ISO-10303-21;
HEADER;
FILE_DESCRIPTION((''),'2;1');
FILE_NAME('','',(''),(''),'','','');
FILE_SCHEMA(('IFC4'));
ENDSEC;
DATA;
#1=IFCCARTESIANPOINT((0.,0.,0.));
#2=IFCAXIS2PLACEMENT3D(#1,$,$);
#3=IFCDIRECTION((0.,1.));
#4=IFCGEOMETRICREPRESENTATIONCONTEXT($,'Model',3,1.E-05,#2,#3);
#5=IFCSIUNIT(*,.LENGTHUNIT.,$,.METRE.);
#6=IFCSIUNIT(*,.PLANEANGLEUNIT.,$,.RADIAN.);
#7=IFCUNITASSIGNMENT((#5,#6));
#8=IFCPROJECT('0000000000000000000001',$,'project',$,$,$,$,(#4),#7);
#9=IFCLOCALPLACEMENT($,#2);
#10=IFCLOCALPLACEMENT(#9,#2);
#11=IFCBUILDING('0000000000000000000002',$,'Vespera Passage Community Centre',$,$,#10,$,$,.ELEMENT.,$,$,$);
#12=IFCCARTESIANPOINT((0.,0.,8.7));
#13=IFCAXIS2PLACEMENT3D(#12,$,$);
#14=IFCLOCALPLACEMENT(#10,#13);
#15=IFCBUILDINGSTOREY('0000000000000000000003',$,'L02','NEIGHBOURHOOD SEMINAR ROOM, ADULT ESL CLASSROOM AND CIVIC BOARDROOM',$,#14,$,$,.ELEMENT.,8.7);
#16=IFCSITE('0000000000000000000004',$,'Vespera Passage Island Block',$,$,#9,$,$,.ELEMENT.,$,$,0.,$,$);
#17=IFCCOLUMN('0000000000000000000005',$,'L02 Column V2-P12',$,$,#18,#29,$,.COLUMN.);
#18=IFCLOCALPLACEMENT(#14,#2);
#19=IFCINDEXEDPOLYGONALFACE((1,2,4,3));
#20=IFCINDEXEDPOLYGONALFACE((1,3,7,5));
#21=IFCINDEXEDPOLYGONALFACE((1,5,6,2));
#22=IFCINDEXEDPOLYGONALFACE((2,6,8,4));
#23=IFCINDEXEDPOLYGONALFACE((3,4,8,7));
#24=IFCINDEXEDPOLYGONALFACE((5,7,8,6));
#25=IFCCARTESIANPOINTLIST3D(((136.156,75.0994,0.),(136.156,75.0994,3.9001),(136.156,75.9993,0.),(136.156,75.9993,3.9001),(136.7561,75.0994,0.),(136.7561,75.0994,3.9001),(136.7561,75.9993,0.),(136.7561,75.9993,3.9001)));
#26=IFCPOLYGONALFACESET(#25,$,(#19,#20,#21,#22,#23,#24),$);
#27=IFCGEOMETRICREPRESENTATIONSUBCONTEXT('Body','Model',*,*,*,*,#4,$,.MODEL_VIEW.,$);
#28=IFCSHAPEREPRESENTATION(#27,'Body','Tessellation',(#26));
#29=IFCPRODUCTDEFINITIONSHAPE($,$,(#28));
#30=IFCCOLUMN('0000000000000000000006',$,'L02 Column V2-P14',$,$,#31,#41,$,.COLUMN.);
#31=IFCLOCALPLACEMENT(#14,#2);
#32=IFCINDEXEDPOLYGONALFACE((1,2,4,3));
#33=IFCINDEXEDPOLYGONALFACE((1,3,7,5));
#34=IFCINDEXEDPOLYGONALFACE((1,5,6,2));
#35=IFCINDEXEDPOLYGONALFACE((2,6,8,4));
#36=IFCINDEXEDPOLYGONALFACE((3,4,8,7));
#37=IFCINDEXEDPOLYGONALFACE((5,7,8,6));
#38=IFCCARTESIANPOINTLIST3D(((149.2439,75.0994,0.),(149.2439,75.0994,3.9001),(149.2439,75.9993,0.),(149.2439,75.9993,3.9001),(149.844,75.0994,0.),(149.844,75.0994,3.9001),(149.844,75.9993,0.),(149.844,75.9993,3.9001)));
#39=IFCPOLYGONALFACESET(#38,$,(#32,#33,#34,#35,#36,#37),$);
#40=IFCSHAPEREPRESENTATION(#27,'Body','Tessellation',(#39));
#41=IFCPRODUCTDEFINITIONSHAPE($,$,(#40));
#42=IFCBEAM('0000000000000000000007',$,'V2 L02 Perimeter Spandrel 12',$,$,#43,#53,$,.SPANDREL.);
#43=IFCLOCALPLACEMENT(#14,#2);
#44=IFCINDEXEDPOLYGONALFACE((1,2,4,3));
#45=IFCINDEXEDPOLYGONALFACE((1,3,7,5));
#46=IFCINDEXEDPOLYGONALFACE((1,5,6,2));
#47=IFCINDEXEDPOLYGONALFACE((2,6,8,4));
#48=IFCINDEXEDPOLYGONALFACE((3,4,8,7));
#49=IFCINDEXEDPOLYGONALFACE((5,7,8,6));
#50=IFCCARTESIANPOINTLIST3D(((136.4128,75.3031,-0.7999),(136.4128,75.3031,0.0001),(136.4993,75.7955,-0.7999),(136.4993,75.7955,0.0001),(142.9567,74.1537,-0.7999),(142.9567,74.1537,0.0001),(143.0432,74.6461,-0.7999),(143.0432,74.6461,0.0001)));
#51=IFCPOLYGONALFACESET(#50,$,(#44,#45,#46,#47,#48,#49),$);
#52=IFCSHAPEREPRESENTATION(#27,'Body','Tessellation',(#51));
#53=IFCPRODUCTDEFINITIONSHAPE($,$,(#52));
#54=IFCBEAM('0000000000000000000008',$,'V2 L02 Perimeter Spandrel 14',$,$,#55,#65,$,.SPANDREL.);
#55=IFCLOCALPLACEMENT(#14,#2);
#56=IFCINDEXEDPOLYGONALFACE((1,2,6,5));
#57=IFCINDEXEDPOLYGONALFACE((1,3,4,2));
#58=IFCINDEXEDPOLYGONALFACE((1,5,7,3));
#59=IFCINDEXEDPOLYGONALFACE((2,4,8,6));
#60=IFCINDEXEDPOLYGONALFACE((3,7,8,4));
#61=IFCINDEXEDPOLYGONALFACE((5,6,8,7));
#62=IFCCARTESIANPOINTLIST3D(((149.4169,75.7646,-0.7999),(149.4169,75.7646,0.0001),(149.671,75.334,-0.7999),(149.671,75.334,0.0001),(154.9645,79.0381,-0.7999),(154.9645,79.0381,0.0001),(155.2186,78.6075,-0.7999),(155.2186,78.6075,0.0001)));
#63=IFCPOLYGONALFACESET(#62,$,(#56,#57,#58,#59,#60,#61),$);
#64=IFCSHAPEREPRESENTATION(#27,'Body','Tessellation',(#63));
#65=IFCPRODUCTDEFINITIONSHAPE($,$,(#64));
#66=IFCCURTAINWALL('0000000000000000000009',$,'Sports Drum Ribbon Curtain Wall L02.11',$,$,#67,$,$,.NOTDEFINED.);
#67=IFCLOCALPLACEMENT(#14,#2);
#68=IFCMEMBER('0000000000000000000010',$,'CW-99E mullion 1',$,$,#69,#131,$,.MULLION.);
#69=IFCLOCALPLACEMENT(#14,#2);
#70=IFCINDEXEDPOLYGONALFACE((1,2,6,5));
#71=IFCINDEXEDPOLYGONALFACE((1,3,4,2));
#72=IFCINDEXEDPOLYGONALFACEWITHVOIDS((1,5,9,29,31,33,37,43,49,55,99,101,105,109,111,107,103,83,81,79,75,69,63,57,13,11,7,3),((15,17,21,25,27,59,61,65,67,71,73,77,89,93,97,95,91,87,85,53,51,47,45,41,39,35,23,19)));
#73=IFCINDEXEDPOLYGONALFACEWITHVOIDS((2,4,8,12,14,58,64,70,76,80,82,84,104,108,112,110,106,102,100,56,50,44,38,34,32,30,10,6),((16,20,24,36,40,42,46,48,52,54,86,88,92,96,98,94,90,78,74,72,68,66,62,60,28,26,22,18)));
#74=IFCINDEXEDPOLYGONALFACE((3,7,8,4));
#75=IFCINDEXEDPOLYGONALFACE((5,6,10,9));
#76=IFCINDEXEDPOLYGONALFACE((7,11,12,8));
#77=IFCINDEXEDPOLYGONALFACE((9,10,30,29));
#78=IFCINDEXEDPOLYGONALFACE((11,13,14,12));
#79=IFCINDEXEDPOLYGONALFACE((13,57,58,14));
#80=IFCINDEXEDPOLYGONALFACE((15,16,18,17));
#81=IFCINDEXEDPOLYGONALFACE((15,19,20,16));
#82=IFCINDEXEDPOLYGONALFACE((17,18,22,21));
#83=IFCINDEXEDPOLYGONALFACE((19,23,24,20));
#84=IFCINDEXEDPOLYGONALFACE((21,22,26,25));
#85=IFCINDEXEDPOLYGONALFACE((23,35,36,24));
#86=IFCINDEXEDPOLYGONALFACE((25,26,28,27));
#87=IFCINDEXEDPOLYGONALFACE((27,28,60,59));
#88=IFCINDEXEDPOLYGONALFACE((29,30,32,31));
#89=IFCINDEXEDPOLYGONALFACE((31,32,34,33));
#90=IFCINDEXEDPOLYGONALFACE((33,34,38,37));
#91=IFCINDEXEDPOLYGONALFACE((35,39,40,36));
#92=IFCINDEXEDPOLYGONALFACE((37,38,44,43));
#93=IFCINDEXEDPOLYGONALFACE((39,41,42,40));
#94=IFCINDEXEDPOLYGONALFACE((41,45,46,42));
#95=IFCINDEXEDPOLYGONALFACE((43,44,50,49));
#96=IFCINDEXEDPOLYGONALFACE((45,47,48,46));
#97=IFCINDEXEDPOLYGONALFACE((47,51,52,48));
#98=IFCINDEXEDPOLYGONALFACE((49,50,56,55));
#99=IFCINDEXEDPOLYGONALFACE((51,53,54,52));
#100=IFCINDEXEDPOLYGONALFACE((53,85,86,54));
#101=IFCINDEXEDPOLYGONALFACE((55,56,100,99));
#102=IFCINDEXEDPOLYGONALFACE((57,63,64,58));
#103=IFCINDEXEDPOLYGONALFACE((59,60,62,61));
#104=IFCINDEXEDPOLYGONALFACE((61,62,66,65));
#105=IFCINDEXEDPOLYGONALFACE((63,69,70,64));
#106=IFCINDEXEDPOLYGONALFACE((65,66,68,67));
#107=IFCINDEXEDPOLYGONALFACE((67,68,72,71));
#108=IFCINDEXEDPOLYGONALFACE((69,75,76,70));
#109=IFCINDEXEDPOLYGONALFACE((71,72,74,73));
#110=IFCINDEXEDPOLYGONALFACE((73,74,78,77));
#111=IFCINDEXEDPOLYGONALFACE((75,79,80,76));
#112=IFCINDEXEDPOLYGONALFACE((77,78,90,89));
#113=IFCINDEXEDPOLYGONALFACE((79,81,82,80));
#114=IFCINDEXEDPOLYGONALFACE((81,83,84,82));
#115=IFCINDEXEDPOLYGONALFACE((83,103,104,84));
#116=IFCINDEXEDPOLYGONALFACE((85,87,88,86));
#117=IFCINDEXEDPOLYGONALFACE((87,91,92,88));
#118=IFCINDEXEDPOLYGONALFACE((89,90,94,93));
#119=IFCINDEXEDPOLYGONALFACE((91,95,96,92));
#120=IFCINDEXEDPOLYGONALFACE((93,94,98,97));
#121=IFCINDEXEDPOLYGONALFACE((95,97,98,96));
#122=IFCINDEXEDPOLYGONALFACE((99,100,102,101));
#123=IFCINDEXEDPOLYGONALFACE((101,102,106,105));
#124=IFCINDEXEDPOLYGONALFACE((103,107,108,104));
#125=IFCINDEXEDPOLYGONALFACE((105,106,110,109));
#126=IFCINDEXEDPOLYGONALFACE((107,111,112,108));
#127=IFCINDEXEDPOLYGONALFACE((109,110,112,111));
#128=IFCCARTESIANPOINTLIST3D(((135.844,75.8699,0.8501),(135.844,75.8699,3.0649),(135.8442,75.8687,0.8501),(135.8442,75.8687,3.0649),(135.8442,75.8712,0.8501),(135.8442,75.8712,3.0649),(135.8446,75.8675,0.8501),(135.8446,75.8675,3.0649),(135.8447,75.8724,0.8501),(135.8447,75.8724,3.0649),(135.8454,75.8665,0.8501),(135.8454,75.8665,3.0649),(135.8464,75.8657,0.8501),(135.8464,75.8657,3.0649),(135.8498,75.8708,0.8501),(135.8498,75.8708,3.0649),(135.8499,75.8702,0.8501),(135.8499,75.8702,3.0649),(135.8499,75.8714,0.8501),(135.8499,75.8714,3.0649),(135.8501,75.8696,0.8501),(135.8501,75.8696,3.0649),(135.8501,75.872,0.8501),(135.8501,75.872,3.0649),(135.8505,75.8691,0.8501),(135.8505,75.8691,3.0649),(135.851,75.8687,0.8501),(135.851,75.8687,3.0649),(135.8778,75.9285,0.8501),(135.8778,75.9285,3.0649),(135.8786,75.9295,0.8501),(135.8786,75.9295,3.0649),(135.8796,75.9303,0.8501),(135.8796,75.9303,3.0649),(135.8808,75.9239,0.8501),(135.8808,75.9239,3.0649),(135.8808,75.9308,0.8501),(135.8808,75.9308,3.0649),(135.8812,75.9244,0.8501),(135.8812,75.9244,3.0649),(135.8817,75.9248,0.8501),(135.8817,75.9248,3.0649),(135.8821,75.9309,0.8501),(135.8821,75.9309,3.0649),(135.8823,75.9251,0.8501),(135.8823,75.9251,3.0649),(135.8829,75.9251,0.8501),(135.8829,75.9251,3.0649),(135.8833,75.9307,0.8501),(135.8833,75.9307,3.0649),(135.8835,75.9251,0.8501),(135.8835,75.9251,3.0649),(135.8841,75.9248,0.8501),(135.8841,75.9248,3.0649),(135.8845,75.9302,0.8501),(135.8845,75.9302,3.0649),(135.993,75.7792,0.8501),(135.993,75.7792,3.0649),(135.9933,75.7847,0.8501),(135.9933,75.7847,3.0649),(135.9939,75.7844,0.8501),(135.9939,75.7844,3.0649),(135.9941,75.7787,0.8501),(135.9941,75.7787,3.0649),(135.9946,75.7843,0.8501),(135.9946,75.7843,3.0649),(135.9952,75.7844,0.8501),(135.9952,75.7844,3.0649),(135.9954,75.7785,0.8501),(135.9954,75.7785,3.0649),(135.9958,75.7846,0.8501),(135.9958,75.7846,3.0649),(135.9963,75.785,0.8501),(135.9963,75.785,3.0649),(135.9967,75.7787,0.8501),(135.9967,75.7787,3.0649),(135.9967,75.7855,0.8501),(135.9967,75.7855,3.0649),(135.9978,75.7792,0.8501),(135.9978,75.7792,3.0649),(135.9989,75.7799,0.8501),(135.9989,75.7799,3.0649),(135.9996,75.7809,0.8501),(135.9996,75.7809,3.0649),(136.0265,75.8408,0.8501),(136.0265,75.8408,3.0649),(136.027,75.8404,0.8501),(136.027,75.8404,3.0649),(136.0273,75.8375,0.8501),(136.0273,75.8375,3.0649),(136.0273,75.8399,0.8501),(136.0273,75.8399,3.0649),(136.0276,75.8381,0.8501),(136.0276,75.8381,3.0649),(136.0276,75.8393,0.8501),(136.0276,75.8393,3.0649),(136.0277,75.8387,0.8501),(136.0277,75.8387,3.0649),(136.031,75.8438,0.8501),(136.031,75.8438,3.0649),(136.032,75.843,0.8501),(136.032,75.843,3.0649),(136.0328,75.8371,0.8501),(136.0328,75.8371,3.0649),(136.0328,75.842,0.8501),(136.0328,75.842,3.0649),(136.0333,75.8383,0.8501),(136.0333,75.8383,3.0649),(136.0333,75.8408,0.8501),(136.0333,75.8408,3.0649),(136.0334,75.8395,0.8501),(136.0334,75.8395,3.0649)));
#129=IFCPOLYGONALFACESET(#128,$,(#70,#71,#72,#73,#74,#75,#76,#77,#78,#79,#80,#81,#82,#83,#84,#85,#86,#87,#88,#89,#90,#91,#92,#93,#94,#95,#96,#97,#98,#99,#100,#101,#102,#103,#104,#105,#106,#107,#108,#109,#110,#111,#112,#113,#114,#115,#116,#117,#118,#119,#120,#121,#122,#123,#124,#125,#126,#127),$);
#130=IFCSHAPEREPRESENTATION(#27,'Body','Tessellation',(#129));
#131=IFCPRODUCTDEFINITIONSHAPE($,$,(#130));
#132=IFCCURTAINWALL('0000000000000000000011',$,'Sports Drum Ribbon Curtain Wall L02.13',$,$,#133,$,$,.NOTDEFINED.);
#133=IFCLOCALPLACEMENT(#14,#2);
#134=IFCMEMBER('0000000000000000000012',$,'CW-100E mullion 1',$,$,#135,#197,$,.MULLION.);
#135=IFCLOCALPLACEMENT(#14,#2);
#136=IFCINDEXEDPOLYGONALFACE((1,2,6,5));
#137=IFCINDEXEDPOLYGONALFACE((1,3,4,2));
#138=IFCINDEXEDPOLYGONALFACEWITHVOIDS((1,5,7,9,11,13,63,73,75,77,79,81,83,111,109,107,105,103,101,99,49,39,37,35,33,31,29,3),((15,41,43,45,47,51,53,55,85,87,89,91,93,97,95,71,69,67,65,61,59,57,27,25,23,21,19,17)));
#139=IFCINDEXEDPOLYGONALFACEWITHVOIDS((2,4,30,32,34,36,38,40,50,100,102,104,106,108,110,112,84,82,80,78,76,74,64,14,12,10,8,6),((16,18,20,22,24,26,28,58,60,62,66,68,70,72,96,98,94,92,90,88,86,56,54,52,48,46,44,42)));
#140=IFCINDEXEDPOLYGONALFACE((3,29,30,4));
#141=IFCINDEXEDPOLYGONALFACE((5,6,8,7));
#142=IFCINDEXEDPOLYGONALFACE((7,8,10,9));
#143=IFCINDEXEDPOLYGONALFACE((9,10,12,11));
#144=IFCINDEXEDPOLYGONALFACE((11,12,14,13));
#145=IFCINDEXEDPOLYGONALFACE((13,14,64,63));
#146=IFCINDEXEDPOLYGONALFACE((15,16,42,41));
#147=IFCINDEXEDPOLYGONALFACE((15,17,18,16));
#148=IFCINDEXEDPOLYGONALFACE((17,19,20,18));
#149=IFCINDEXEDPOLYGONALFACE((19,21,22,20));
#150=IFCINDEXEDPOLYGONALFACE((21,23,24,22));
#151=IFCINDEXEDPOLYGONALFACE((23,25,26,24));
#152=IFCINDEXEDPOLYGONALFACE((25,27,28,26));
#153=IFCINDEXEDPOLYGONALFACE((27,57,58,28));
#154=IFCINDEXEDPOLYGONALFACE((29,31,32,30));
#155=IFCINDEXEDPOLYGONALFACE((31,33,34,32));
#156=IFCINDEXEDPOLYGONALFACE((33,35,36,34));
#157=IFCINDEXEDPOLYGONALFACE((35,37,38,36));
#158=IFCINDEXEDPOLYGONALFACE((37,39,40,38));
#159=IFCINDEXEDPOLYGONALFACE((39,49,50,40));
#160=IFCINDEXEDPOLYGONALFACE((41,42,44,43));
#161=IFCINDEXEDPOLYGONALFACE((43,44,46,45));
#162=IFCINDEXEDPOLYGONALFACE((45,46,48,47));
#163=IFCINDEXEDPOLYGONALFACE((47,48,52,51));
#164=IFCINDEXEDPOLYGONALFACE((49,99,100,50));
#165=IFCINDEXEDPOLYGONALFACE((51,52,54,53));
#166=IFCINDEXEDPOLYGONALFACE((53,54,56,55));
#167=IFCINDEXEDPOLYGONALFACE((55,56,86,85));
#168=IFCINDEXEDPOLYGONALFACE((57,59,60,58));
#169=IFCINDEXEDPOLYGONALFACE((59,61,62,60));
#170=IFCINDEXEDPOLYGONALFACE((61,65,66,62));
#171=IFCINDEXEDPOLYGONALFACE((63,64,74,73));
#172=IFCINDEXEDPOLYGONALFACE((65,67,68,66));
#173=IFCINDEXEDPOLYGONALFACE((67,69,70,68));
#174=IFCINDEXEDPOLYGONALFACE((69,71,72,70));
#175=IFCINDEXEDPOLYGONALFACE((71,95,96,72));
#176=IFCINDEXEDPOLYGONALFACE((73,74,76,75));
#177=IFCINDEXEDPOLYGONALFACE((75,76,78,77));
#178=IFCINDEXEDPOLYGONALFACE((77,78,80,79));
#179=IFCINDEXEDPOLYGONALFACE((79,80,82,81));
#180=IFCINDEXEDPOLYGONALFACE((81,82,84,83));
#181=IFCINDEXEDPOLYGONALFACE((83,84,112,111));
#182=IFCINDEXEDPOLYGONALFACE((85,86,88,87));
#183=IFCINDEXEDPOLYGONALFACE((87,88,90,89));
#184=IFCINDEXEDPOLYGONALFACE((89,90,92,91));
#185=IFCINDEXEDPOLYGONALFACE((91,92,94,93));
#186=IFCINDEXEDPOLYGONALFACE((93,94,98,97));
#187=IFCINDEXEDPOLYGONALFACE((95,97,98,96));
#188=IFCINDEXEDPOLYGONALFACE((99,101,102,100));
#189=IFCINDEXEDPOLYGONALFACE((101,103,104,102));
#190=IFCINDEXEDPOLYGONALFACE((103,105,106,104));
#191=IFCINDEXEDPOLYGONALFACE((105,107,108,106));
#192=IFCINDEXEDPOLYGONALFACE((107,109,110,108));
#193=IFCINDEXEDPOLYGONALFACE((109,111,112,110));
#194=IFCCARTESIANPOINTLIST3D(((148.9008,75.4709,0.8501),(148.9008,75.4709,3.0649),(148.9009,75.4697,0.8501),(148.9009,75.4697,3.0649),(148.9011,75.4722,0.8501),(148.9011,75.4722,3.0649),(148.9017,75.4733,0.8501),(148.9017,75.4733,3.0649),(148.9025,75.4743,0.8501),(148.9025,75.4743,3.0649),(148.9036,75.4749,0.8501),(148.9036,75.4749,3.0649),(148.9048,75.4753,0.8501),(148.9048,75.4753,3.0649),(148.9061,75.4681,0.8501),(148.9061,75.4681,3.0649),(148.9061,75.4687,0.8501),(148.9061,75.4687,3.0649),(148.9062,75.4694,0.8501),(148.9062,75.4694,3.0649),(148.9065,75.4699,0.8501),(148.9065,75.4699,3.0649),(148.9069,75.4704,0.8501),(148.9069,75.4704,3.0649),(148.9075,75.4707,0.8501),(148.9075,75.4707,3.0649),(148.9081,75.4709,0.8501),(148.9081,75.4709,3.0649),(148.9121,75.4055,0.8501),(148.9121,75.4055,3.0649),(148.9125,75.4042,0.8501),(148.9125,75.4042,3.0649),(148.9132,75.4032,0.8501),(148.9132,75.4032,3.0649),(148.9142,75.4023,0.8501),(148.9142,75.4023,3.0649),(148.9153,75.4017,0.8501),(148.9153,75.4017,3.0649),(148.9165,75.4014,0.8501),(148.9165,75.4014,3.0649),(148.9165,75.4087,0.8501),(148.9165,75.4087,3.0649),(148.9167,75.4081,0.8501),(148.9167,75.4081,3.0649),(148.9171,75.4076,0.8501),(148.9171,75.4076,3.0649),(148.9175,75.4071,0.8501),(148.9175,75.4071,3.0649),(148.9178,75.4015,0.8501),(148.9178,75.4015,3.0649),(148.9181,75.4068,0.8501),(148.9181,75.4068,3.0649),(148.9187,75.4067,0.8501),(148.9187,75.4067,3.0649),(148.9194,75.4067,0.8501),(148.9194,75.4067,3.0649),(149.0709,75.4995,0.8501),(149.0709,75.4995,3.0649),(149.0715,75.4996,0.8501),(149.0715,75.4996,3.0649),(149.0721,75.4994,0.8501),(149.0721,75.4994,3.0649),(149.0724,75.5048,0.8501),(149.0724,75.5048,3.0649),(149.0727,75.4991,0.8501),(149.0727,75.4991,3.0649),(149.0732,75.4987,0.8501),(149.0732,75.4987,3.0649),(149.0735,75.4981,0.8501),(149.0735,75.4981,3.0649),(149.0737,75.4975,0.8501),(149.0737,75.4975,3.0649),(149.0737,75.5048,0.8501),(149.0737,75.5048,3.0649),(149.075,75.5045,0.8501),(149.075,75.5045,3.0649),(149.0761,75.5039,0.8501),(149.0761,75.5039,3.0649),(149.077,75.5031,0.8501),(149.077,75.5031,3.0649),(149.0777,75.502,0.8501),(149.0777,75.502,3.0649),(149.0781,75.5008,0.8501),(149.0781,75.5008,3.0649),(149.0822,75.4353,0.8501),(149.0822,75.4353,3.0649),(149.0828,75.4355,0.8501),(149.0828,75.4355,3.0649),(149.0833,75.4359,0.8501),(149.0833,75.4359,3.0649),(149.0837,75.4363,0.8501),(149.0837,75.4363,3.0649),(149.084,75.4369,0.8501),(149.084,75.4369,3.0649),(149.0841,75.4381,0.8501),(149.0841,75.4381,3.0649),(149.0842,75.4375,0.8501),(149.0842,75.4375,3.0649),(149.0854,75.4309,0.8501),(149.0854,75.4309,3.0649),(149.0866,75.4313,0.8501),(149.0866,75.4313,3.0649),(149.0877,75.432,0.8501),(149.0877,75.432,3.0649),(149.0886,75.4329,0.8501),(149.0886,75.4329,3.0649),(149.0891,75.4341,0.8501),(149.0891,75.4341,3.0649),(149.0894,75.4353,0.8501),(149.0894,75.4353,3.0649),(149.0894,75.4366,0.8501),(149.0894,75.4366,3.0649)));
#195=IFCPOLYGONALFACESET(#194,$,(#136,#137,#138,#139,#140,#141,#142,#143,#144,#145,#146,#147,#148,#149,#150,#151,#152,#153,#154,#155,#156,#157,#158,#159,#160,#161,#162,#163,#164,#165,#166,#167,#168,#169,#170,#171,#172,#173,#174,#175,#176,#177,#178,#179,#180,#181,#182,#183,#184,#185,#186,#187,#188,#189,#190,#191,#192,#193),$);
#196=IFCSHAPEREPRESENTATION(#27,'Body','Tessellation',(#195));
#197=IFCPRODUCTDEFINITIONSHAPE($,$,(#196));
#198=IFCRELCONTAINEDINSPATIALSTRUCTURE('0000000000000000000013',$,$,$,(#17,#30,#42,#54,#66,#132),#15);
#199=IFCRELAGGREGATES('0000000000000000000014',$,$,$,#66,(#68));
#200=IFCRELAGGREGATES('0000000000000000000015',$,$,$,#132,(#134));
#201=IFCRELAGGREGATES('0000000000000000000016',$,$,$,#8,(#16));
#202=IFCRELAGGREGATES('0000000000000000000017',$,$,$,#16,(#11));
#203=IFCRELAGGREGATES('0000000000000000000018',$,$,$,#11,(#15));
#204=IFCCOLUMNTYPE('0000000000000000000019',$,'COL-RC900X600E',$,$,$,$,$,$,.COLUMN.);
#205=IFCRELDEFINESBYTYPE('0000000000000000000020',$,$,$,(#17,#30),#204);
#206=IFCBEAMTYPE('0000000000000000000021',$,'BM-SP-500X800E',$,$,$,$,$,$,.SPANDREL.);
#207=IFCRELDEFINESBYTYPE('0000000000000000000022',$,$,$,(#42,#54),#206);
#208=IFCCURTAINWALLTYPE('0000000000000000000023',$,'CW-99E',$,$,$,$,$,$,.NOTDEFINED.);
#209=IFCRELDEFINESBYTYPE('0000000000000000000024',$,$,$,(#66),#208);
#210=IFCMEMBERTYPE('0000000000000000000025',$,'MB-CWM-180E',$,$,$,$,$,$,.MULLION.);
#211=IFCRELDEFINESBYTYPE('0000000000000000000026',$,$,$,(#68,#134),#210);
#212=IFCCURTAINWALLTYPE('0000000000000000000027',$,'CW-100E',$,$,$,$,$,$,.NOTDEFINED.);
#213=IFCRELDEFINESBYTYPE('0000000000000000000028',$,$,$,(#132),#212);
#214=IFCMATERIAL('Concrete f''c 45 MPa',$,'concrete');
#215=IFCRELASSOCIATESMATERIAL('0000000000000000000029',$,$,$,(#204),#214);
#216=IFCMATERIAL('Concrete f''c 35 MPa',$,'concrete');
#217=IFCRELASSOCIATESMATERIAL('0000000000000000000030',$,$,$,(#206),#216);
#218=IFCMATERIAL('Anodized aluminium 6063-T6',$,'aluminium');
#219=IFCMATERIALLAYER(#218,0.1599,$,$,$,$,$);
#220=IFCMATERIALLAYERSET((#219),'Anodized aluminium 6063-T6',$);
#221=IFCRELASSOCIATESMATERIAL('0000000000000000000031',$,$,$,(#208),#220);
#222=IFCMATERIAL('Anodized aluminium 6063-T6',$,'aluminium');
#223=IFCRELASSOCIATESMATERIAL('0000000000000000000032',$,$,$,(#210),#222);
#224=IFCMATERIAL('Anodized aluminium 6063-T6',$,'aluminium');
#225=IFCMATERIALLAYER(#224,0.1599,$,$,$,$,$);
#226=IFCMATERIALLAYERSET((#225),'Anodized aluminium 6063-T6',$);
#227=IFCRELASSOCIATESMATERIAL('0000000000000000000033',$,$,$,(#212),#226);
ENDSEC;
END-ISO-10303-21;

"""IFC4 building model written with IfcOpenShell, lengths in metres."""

from ifc_helpers import new_model, si_unit, direction, frame, origin, origin_2d, place, context, subcontext, project, spatial, rectangle, hollow_rectangle, extrude, material, layer, layer_set, material_profile, profile_set, type_object, element, aggregate, save


model = new_model("IFC4")

# Units and contexts
model_context = context("Model", 3, precision=1e-05, world=origin(), true_north=direction((0.0, 1.0)))
body_context = subcontext(model_context, "Body", "Model", "MODEL_VIEW")
ifc_project = project(units=[si_unit("LENGTHUNIT", "METRE"), si_unit("PLANEANGLEUNIT", "RADIAN")], contexts=[model_context])

# Site, building, storey
site_placement = place(None, origin())
site = spatial("IfcSite", under=ifc_project, at=site_placement, Name="Vespera Passage Island Block", CompositionType="ELEMENT", RefElevation=0.0)
building_placement = place(site_placement, origin())
building = spatial("IfcBuilding", under=site, at=building_placement, Name="Vespera Passage Community Centre", CompositionType="ELEMENT")
storey_placement = place(building_placement, frame((0.0, 0.0, 8.7)))
storey = spatial("IfcBuildingStorey", under=building, at=storey_placement, Name="L02", Description="NEIGHBOURHOOD SEMINAR ROOM, ADULT ESL CLASSROOM AND CIVIC BOARDROOM", CompositionType="ELEMENT", Elevation=8.7)

# Columns
ifc_material_1 = material(Name="Concrete f'c 45 MPa", Category="concrete")
ifc_material_profile_1 = material_profile(ifc_material_1, rectangle(XDim=0.6001, YDim=0.8999, at=origin_2d()), Name="RC900X600")
ifc_profile_set_1 = profile_set([ifc_material_profile_1], Name="Concrete f'c 45 MPa")
column_type = type_object("IfcColumnType", Name="COL-RC900X600E", PredefinedType="COLUMN", material=ifc_profile_set_1)
for number, where, z_axis, x_axis, name in (
    (1, (136.4561, 75.5493, 0.0), (0.0, 0.0, 1.0), (1.0, 0.0, 0.0), "L02 Column V2-P12"),
    (2, (149.5439, 75.5493, 0.0), (0.0, 0.0, 1.0), (1.0, 0.0, 0.0), "L02 Column V2-P14"),
):
    element("IfcColumn", number, at=place(storey_placement, frame(where, z_axis=z_axis, x_axis=x_axis)), inside=storey, type_object=column_type, Name=name, PredefinedType="COLUMN", context=body_context, shape_type="SweptSolid", body=[
        extrude(rectangle(XDim=0.6001, YDim=0.8999, at=origin_2d()), origin(), (0.0, 0.0, 1.0), 3.9001),
    ])

# Beams
ifc_material_2 = material(Name="Concrete f'c 35 MPa", Category="concrete")
ifc_material_profile_2 = material_profile(ifc_material_2, rectangle(XDim=0.5, YDim=0.8, at=origin_2d()), Name="RC500X800")
ifc_profile_set_2 = profile_set([ifc_material_profile_2], Name="Concrete f'c 35 MPa")
beam_type = type_object("IfcBeamType", Name="BM-SP-500X800E", PredefinedType="SPANDREL", material=ifc_profile_set_2)
beam_1_placement = place(storey_placement, frame((136.4561, 75.5493, -0.3999), z_axis=(0.984922, -0.172997, 0.0), x_axis=(0.172997, 0.984922, 0.0)))
element("IfcBeam", 3, at=beam_1_placement, inside=storey, type_object=beam_type, Name="V2 L02 Perimeter Spandrel 12", PredefinedType="SPANDREL", context=body_context, shape_type="SweptSolid", body=[
    extrude(rectangle(XDim=0.5, YDim=0.8, at=origin_2d()), origin(), (0.0, 0.0, 1.0), 6.644),
])
beam_2_placement = place(storey_placement, frame((149.5439, 75.5493, -0.3999), z_axis=(0.861246, 0.508189, 0.0), x_axis=(-0.508189, 0.861246, 0.0)))
element("IfcBeam", 4, at=beam_2_placement, inside=storey, type_object=beam_type, Name="V2 L02 Perimeter Spandrel 14", PredefinedType="SPANDREL", context=body_context, shape_type="SweptSolid", body=[
    extrude(rectangle(XDim=0.5, YDim=0.8, at=origin_2d()), origin(), (0.0, 0.0, 1.0), 6.4414),
])

# Curtain wall, member
ifc_material_3 = material(Name="Anodized aluminium 6063-T6", Category="aluminium")
ifc_layer_1 = layer(ifc_material_3, 0.1599)
ifc_layer_set_1 = layer_set([ifc_layer_1], Name="Anodized aluminium 6063-T6")
curtain_wall_type_1 = type_object("IfcCurtainWallType", Name="CW-99E", PredefinedType="NOTDEFINED", material=ifc_layer_set_1)
curtain_wall_1_placement = place(storey_placement, origin())
curtain_wall_1 = element("IfcCurtainWall", 5, at=curtain_wall_1_placement, inside=storey, type_object=curtain_wall_type_1, Name="Sports Drum Ribbon Curtain Wall L02.11", PredefinedType="NOTDEFINED")
ifc_material_4 = material(Name="Anodized aluminium 6063-T6", Category="aluminium")
ifc_material_profile_3 = material_profile(ifc_material_4, hollow_rectangle(XDim=0.075, YDim=0.1799, WallThickness=0.0049, InnerFilletRadius=0.0024, OuterFilletRadius=0.0049, at=origin_2d()), Name="ALU180X75X5")
ifc_profile_set_3 = profile_set([ifc_material_profile_3], Name="Anodized aluminium 6063-T6")
member_type_1 = type_object("IfcMemberType", Name="MB-CWM-180E", PredefinedType="MULLION", material=ifc_profile_set_3)
member_1_placement = place(storey_placement, frame((135.9387, 75.8547, 0.8501), z_axis=(0.0, 0.0, 1.0), x_axis=(-0.50817, -0.861257, 0.0)))
member_1 = element("IfcMember", 6, at=member_1_placement, type_object=member_type_1, Name="CW-99E mullion 1", PredefinedType="MULLION", context=body_context, shape_type="SweptSolid", body=[
    extrude(hollow_rectangle(XDim=0.075, YDim=0.1799, WallThickness=0.0049, InnerFilletRadius=0.0024, OuterFilletRadius=0.0049, at=origin_2d()), origin(), (0.0, 0.0, 1.0), 2.2148),
])

# Curtain wall, member
ifc_material_5 = material(Name="Anodized aluminium 6063-T6", Category="aluminium")
ifc_layer_2 = layer(ifc_material_5, 0.1599)
ifc_layer_set_2 = layer_set([ifc_layer_2], Name="Anodized aluminium 6063-T6")
curtain_wall_type_2 = type_object("IfcCurtainWallType", Name="CW-100E", PredefinedType="NOTDEFINED", material=ifc_layer_set_2)
curtain_wall_2_placement = place(storey_placement, origin())
curtain_wall_2 = element("IfcCurtainWall", 7, at=curtain_wall_2_placement, inside=storey, type_object=curtain_wall_type_2, Name="Sports Drum Ribbon Curtain Wall L02.13", PredefinedType="NOTDEFINED")
member_2_placement = place(storey_placement, frame((148.9951, 75.4531, 0.8501), z_axis=(0.0, 0.0, 1.0), x_axis=(0.172994, -0.984923, 0.0)))
member_2 = element("IfcMember", 8, at=member_2_placement, type_object=member_type_1, Name="CW-100E mullion 1", PredefinedType="MULLION", context=body_context, shape_type="SweptSolid", body=[
    extrude(hollow_rectangle(XDim=0.075, YDim=0.1799, WallThickness=0.0049, InnerFilletRadius=0.0024, OuterFilletRadius=0.0049, at=origin_2d()), origin(), (0.0, 0.0, 1.0), 2.2148),
])

aggregate(curtain_wall_1, [member_1])
aggregate(curtain_wall_2, [member_2])

save(model, "model.ifc")
